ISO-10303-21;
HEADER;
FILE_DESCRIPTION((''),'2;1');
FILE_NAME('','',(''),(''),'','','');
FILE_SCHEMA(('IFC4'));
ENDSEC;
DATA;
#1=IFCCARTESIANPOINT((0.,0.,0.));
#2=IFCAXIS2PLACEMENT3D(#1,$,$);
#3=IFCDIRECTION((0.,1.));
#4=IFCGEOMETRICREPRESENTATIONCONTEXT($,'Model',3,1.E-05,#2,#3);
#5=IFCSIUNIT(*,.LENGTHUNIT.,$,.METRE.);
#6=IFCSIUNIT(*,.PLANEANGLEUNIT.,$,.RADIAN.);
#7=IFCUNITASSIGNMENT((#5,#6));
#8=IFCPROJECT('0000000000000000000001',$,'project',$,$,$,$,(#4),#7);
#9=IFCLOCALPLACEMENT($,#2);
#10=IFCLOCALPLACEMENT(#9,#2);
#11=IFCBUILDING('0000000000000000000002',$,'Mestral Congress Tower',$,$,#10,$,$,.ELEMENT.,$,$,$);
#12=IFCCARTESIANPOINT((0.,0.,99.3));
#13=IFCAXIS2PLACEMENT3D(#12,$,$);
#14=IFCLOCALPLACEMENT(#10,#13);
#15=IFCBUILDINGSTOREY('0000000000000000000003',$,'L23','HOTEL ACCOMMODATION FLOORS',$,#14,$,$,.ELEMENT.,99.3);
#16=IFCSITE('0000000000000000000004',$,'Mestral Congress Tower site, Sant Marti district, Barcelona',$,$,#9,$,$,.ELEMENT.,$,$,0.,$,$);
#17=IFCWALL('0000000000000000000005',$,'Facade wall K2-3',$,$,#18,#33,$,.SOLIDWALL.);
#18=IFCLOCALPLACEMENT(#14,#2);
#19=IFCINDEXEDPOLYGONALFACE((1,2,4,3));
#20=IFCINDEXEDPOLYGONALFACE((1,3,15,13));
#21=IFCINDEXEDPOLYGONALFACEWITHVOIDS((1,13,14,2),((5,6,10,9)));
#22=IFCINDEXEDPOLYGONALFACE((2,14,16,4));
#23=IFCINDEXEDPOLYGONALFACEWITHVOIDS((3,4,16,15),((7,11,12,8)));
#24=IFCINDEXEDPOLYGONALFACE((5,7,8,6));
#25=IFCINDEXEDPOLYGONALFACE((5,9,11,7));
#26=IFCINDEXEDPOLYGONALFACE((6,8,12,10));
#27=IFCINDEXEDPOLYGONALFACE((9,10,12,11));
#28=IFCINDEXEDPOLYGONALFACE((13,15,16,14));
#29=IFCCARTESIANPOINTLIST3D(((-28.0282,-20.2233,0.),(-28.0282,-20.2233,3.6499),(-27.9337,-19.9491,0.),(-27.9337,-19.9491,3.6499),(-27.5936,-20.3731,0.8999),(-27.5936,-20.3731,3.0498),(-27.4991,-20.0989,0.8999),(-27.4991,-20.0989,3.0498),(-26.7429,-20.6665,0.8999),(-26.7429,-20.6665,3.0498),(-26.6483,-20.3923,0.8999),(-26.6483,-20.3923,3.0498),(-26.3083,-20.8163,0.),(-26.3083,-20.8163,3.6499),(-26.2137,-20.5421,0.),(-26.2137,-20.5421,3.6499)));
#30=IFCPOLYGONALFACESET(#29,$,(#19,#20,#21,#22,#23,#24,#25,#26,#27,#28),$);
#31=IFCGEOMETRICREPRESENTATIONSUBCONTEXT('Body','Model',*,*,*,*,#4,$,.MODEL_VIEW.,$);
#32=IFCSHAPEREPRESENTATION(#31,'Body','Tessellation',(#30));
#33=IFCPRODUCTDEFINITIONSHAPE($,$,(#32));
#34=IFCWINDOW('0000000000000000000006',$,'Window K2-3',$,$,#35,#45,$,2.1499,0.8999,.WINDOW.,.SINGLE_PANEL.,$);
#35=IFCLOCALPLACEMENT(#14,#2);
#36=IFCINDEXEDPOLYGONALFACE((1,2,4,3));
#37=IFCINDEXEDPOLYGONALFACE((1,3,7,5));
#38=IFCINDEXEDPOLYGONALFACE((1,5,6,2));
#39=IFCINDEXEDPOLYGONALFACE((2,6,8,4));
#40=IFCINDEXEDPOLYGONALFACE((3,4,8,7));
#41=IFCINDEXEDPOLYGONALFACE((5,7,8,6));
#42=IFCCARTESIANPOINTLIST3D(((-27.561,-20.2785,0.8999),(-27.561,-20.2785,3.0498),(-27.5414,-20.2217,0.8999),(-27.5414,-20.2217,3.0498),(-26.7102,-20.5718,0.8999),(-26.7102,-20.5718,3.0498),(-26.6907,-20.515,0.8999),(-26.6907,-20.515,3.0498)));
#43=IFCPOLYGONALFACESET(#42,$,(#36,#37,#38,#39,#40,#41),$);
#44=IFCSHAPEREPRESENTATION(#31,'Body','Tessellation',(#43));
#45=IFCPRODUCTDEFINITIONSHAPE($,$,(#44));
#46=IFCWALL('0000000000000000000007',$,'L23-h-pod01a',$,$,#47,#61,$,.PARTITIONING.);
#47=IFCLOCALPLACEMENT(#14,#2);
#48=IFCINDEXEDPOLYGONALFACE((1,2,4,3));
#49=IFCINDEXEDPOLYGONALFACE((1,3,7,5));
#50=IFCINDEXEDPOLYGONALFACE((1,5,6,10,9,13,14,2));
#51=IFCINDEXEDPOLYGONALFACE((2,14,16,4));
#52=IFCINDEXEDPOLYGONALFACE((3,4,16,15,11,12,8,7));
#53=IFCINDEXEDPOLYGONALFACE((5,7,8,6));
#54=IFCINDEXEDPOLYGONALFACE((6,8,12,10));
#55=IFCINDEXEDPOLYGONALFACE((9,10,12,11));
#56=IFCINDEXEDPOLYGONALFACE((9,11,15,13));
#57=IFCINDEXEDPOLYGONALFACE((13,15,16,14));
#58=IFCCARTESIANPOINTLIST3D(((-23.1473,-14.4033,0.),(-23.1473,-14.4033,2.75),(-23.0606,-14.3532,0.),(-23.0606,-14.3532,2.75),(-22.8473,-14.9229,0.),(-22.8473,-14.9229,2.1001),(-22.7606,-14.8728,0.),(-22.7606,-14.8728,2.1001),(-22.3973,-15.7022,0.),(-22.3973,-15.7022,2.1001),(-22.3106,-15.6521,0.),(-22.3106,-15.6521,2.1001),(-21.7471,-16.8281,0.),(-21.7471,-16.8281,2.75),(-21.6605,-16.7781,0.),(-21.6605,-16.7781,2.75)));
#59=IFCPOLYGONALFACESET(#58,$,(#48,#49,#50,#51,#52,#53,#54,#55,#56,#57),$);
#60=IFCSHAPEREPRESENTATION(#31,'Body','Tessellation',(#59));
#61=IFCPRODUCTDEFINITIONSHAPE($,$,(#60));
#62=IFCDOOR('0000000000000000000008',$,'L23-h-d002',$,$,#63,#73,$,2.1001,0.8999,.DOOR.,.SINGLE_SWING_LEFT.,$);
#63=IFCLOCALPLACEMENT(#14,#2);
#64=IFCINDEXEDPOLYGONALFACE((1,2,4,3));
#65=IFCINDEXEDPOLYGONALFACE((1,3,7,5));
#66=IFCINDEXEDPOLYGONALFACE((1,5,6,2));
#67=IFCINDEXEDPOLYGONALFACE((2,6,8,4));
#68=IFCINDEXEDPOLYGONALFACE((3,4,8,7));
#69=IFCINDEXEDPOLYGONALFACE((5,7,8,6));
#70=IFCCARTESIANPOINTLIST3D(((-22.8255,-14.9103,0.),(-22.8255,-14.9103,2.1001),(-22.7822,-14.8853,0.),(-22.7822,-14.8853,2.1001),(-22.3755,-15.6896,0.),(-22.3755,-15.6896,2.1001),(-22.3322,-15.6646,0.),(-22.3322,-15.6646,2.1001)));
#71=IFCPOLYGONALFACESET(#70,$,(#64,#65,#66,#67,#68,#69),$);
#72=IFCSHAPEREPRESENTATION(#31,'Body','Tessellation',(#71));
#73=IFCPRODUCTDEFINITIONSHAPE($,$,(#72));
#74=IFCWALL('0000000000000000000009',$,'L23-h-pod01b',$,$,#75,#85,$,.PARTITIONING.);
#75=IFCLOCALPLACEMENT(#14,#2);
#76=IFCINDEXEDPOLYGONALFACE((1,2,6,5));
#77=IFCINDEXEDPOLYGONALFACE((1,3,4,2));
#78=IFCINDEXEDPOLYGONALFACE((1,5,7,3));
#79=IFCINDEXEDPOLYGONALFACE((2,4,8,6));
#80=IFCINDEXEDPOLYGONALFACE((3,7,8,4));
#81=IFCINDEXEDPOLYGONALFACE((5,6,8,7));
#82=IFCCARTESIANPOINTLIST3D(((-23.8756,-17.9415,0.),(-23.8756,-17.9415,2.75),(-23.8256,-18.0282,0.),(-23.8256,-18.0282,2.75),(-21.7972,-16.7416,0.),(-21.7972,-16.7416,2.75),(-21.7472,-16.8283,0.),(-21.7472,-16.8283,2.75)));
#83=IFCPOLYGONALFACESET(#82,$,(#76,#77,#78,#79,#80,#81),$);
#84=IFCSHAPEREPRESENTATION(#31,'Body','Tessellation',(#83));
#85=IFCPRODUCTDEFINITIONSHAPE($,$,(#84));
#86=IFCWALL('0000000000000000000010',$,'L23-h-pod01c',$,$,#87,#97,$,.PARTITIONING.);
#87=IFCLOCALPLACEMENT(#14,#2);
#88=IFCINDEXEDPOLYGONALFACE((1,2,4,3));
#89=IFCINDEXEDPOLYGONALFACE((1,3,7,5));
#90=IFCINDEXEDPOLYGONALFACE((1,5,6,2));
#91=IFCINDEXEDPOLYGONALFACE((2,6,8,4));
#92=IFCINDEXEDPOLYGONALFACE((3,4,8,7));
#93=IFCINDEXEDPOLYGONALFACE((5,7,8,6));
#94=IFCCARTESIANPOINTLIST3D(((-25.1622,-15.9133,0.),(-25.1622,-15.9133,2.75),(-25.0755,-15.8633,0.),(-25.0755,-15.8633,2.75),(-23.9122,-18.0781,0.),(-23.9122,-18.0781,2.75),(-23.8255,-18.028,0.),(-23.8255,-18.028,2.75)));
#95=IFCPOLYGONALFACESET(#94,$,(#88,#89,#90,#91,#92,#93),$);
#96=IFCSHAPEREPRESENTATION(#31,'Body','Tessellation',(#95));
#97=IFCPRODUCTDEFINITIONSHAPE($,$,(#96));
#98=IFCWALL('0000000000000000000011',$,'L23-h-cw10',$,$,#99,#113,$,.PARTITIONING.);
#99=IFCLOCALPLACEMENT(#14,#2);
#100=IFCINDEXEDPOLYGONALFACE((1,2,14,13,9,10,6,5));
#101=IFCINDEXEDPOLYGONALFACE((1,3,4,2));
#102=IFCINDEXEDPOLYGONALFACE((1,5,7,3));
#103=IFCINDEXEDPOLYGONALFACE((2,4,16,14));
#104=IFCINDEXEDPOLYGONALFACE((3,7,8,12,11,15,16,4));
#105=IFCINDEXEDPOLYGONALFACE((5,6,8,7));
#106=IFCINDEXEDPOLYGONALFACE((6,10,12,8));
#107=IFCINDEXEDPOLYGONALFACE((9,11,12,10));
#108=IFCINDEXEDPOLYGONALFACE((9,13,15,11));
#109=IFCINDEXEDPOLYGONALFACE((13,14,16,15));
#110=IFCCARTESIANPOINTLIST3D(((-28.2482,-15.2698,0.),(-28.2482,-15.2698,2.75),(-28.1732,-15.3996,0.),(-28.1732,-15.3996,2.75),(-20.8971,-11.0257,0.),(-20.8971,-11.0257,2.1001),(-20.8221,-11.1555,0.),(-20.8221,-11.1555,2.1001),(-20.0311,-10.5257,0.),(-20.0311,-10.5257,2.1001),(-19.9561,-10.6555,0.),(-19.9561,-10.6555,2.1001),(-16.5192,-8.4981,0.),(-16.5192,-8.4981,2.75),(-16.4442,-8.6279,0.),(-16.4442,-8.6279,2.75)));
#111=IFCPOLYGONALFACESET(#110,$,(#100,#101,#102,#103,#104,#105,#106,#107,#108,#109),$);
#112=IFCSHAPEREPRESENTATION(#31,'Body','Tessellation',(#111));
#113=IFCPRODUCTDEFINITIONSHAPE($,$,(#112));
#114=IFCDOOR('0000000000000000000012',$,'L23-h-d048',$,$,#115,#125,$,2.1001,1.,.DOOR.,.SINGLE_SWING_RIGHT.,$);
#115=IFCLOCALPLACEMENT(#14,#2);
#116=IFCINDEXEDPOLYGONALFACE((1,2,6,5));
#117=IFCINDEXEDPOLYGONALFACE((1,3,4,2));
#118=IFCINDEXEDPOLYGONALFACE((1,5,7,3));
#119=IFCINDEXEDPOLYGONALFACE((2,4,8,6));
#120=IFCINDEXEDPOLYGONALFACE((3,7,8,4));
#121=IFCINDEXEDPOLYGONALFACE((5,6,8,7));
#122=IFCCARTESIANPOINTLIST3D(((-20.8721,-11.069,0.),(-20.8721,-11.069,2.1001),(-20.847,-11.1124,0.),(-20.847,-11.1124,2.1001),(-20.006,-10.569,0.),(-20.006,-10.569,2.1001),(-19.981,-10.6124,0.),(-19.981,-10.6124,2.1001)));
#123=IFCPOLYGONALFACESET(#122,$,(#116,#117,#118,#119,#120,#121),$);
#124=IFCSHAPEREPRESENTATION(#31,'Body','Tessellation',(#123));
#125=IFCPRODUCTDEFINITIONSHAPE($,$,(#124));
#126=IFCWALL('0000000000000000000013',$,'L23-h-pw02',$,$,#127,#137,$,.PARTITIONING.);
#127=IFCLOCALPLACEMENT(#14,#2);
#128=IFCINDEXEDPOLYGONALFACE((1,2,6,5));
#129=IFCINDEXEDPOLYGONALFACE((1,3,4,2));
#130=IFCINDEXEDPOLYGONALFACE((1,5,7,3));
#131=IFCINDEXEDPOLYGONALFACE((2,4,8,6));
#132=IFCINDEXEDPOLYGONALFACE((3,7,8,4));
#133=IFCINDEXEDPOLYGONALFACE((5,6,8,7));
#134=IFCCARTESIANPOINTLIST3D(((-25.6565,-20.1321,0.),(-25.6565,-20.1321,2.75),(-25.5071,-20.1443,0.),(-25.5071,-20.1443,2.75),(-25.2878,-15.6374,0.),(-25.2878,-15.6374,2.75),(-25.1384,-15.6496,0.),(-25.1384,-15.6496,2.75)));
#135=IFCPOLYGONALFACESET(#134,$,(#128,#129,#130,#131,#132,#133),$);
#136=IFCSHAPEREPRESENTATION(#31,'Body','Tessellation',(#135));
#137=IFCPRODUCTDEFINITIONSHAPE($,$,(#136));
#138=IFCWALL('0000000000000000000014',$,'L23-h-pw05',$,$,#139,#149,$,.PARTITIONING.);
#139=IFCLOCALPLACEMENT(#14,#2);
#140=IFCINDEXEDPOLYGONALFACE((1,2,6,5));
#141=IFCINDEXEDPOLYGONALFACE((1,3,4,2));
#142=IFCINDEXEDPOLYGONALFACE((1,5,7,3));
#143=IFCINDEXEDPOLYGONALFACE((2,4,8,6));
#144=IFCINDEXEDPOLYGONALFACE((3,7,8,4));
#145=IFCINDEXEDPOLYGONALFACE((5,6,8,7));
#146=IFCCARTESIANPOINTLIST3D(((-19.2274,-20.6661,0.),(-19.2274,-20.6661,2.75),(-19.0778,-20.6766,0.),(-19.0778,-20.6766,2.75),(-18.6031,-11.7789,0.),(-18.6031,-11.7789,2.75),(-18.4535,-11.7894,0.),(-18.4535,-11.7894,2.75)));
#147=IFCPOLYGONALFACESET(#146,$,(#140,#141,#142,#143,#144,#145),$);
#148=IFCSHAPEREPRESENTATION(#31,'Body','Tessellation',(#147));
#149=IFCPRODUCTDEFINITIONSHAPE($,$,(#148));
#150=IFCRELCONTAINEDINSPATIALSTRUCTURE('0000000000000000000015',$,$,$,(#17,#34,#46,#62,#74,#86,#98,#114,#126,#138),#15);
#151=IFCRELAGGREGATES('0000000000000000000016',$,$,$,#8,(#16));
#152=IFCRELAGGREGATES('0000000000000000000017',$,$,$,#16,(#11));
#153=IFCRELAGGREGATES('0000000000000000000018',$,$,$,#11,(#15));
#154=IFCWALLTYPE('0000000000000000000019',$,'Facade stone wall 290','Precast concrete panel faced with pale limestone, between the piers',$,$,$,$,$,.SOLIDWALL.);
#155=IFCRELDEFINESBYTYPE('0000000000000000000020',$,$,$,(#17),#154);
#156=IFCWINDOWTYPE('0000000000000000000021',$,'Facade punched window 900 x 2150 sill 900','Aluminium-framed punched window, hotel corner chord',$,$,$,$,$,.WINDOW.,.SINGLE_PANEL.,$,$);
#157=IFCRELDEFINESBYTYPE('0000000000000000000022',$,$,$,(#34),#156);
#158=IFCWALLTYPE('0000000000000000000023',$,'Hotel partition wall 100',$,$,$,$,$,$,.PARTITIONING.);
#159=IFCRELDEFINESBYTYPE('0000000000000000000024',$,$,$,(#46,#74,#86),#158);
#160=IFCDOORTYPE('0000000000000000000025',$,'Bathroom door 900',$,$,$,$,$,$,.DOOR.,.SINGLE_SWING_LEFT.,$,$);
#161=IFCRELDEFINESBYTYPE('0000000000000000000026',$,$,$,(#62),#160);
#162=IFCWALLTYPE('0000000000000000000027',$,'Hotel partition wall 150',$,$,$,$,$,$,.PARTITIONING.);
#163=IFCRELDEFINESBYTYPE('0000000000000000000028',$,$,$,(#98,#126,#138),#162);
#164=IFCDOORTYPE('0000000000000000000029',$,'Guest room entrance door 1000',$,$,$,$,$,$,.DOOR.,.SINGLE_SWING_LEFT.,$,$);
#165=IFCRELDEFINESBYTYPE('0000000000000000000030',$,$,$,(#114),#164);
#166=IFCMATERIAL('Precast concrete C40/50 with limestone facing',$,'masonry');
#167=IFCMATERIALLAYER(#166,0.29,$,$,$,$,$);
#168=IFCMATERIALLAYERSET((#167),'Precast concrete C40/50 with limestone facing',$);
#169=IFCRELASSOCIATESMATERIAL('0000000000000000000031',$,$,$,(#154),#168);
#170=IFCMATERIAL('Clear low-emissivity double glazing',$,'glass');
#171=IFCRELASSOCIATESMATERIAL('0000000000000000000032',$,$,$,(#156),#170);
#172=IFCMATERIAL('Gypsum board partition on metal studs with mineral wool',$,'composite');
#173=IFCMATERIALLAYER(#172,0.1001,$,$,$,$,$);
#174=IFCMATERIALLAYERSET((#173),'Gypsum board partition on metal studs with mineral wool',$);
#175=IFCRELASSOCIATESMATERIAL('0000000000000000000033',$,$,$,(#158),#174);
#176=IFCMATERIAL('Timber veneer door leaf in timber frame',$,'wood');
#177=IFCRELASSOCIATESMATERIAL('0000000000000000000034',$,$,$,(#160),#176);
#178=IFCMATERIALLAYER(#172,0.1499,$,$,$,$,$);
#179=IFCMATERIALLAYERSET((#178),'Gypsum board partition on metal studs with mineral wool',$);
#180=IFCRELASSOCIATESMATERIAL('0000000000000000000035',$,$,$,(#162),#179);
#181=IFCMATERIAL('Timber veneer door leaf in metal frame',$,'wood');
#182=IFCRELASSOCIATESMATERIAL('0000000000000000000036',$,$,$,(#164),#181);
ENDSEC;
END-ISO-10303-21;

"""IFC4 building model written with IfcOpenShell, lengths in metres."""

from ifc_helpers import new_model, si_unit, direction, frame, frame_2d, origin, place, context, subcontext, project, spatial, rectangle, extrude, material, layer, layer_set, type_object, element, fill, save


model = new_model("IFC4")

# Units and contexts
model_context = context("Model", 3, precision=1e-05, world=origin(), true_north=direction((0.0, 1.0)))
body_context = subcontext(model_context, "Body", "Model", "MODEL_VIEW")
ifc_project = project(units=[si_unit("LENGTHUNIT", "METRE"), si_unit("PLANEANGLEUNIT", "RADIAN")], contexts=[model_context])

# Site, building, storey
site_placement = place(None, origin())
site = spatial("IfcSite", under=ifc_project, at=site_placement, Name="Mestral Congress Tower site, Sant Marti district, Barcelona", CompositionType="ELEMENT", RefElevation=0.0)
building_placement = place(site_placement, origin())
building = spatial("IfcBuilding", under=site, at=building_placement, Name="Mestral Congress Tower", CompositionType="ELEMENT")
storey_placement = place(building_placement, frame((0.0, 0.0, 99.3)))
storey = spatial("IfcBuildingStorey", under=building, at=storey_placement, Name="L23", Description="HOTEL ACCOMMODATION FLOORS", CompositionType="ELEMENT", Elevation=99.3)

# Shared definitions
ifc_material_1 = material(Name="Precast concrete C40/50 with limestone facing", Category="masonry")
ifc_layer_1 = layer(ifc_material_1, 0.29)
ifc_layer_set_1 = layer_set([ifc_layer_1], Name="Precast concrete C40/50 with limestone facing")
wall_type_1 = type_object("IfcWallType", Name="Facade stone wall 290", Description="Precast concrete panel faced with pale limestone, between the piers", PredefinedType="SOLIDWALL", material=ifc_layer_set_1)
ifc_material_2 = material(Name="Clear low-emissivity double glazing", Category="glass")

# Wall, opening, window
wall_1_placement = place(storey_placement, frame((-27.981, -20.0862, 0.0), z_axis=(0.0, 0.0, 1.0), x_axis=(0.945386, -0.325953, 0.0)))
wall_1 = element("IfcWall", 1, at=wall_1_placement, inside=storey, type_object=wall_type_1, Name="Facade wall K2-3", PredefinedType="SOLIDWALL", context=body_context, shape_type="SweptSolid", body=[
    extrude(rectangle(XDim=1.8193, YDim=0.29, at=frame_2d((0.9097, 0.0))), origin(), (0.0, 0.0, 1.0), 3.6499),
])
opening_1_placement = place(wall_1_placement, frame((0.4597, 0.0, 0.8999)))
opening_1 = element("IfcOpeningElement", 2, at=opening_1_placement, cuts=wall_1, PredefinedType="OPENING", context=body_context, shape_type="SweptSolid", body=[
    extrude(rectangle(XDim=0.8999, YDim=2.1499, at=frame_2d((0.45, 1.075))), frame((0.0, 0.155, 0.0), z_axis=(0.0, -1.0, 0.0), x_axis=(1.0, 0.0, 0.0)), (0.0, 0.0, 1.0), 0.3101),
])
window_type_1 = type_object("IfcWindowType", Name="Facade punched window 900 x 2150 sill 900", Description="Aluminium-framed punched window, hotel corner chord", PartitioningType="SINGLE_PANEL", PredefinedType="WINDOW", material=ifc_material_2)
window_1_placement = place(opening_1_placement, origin())
window_1 = element("IfcWindow", 3, at=window_1_placement, inside=storey, type_object=window_type_1, Name="Window K2-3", OverallHeight=2.1499, OverallWidth=0.8999, PartitioningType="SINGLE_PANEL", PredefinedType="WINDOW", context=body_context, shape_type="SweptSolid", body=[
    extrude(rectangle(XDim=0.8999, YDim=2.1499, at=frame_2d((0.45, 1.075))), frame((0.0, 0.0151, 0.0), z_axis=(0.0, -1.0, 0.0), x_axis=(1.0, 0.0, 0.0)), (0.0, 0.0, 1.0), 0.0601),
])
fill(opening_1, window_1)

# Wall, opening, door
ifc_material_3 = material(Name="Gypsum board partition on metal studs with mineral wool", Category="composite")
ifc_layer_2 = layer(ifc_material_3, 0.1001)
ifc_layer_set_2 = layer_set([ifc_layer_2], Name="Gypsum board partition on metal studs with mineral wool")
wall_type_2 = type_object("IfcWallType", Name="Hotel partition wall 100", PredefinedType="PARTITIONING", material=ifc_layer_set_2)
wall_2_placement = place(storey_placement, frame((-21.7039, -16.803, 0.0), z_axis=(0.0, 0.0, 1.0), x_axis=(-0.50005, 0.865997, 0.0)))
wall_2 = element("IfcWall", 4, at=wall_2_placement, inside=storey, type_object=wall_type_2, Name="L23-h-pod01a", PredefinedType="PARTITIONING", context=body_context, shape_type="SweptSolid", body=[
    extrude(rectangle(XDim=2.8, YDim=0.1001, at=frame_2d((1.3999, 0.0))), origin(), (0.0, 0.0, 1.0), 2.75),
])
opening_2_placement = place(wall_2_placement, frame((1.3, 0.0, 0.0)))
opening_2 = element("IfcOpeningElement", 5, at=opening_2_placement, cuts=wall_2, PredefinedType="OPENING", context=body_context, shape_type="SweptSolid", body=[
    extrude(rectangle(XDim=0.8999, YDim=2.1001, at=frame_2d((0.45, 1.05))), frame((0.0, 0.0601, 0.0), z_axis=(0.0, -1.0, 0.0), x_axis=(1.0, 0.0, 0.0)), (0.0, 0.0, 1.0), 0.1201),
])
ifc_material_4 = material(Name="Timber veneer door leaf in timber frame", Category="wood")
door_type_1 = type_object("IfcDoorType", Name="Bathroom door 900", OperationType="SINGLE_SWING_LEFT", PredefinedType="DOOR", material=ifc_material_4)
door_1_placement = place(opening_2_placement, origin())
door_1 = element("IfcDoor", 6, at=door_1_placement, inside=storey, type_object=door_type_1, Name="L23-h-d002", OperationType="SINGLE_SWING_LEFT", OverallHeight=2.1001, OverallWidth=0.8999, PredefinedType="DOOR", context=body_context, shape_type="SweptSolid", body=[
    extrude(rectangle(XDim=0.8999, YDim=2.1001, at=frame_2d((0.45, 1.05))), frame((0.0, 0.0249, 0.0), z_axis=(0.0, -1.0, 0.0), x_axis=(1.0, 0.0, 0.0)), (0.0, 0.0, 1.0), 0.05),
])
fill(opening_2, door_1)

# Walls
wall_3_placement = place(storey_placement, frame((-21.7722, -16.7849, 0.0), z_axis=(0.0, 0.0, 1.0), x_axis=(-0.866025, -0.500001, 0.0)))
element("IfcWall", 7, at=wall_3_placement, inside=storey, type_object=wall_type_2, Name="L23-h-pod01b", PredefinedType="PARTITIONING", context=body_context, shape_type="SweptSolid", body=[
    extrude(rectangle(XDim=2.3999, YDim=0.1001, at=frame_2d((1.2, 0.0))), origin(), (0.0, 0.0, 1.0), 2.75),
])
wall_4_placement = place(storey_placement, frame((-25.1189, -15.8882, 0.0), z_axis=(0.0, 0.0, 1.0), x_axis=(0.500047, -0.865999, 0.0)))
element("IfcWall", 8, at=wall_4_placement, inside=storey, type_object=wall_type_2, Name="L23-h-pod01c", PredefinedType="PARTITIONING", context=body_context, shape_type="SweptSolid", body=[
    extrude(rectangle(XDim=2.4998, YDim=0.1001, at=frame_2d((1.25, 0.0))), origin(), (0.0, 0.0, 1.0), 2.75),
])

# Wall, opening, door
ifc_layer_3 = layer(ifc_material_3, 0.1499)
ifc_layer_set_3 = layer_set([ifc_layer_3], Name="Gypsum board partition on metal studs with mineral wool")
wall_type_3 = type_object("IfcWallType", Name="Hotel partition wall 150", PredefinedType="PARTITIONING", material=ifc_layer_set_3)
wall_5_placement = place(storey_placement, frame((-28.2107, -15.3347, 0.0), z_axis=(0.0, 0.0, 1.0), x_axis=(0.866026, 0.499999, 0.0)))
wall_5 = element("IfcWall", 9, at=wall_5_placement, inside=storey, type_object=wall_type_3, Name="L23-h-cw10", PredefinedType="PARTITIONING", context=body_context, shape_type="SweptSolid", body=[
    extrude(rectangle(XDim=13.5435, YDim=0.1499, at=frame_2d((6.7717, 0.0))), origin(), (0.0, 0.0, 1.0), 2.75),
])
opening_3_placement = place(wall_5_placement, frame((8.4883, 0.0, 0.0)))
opening_3 = element("IfcOpeningElement", 10, at=opening_3_placement, cuts=wall_5, PredefinedType="OPENING", context=body_context, shape_type="SweptSolid", body=[
    extrude(rectangle(XDim=1.0, YDim=2.1001, at=frame_2d((0.5, 1.05))), frame((0.0, 0.085, 0.0), z_axis=(0.0, -1.0, 0.0), x_axis=(1.0, 0.0, 0.0)), (0.0, 0.0, 1.0), 0.1699),
])
ifc_material_5 = material(Name="Timber veneer door leaf in metal frame", Category="wood")
door_type_2 = type_object("IfcDoorType", Name="Guest room entrance door 1000", OperationType="SINGLE_SWING_LEFT", PredefinedType="DOOR", material=ifc_material_5)
door_2_placement = place(opening_3_placement, origin())
door_2 = element("IfcDoor", 11, at=door_2_placement, inside=storey, type_object=door_type_2, Name="L23-h-d048", OperationType="SINGLE_SWING_RIGHT", OverallHeight=2.1001, OverallWidth=1.0, PredefinedType="DOOR", context=body_context, shape_type="SweptSolid", body=[
    extrude(rectangle(XDim=1.0, YDim=2.1001, at=frame_2d((0.5, 1.05))), frame((0.0, 0.0249, 0.0), z_axis=(0.0, -1.0, 0.0), x_axis=(1.0, 0.0, 0.0)), (0.0, 0.0, 1.0), 0.05),
])
fill(opening_3, door_2)

# Walls
wall_6_placement = place(storey_placement, frame((-25.5818, -20.1382, 0.0), z_axis=(0.0, 0.0, 1.0), x_axis=(0.081746, 0.996653, 0.0)))
element("IfcWall", 12, at=wall_6_placement, inside=storey, type_object=wall_type_3, Name="L23-h-pw02", PredefinedType="PARTITIONING", context=body_context, shape_type="SweptSolid", body=[
    extrude(rectangle(XDim=4.5098, YDim=0.1499, at=frame_2d((2.2549, 0.0))), origin(), (0.0, 0.0, 1.0), 2.75),
])
wall_7_placement = place(storey_placement, frame((-19.1526, -20.6714, 0.0), z_axis=(0.0, 0.0, 1.0), x_axis=(0.070071, 0.997542, 0.0)))
element("IfcWall", 13, at=wall_7_placement, inside=storey, type_object=wall_type_3, Name="L23-h-pw05", PredefinedType="PARTITIONING", context=body_context, shape_type="SweptSolid", body=[
    extrude(rectangle(XDim=8.9092, YDim=0.1499, at=frame_2d((4.4546, 0.0))), origin(), (0.0, 0.0, 1.0), 2.75),
])

save(model, "model.ifc")
